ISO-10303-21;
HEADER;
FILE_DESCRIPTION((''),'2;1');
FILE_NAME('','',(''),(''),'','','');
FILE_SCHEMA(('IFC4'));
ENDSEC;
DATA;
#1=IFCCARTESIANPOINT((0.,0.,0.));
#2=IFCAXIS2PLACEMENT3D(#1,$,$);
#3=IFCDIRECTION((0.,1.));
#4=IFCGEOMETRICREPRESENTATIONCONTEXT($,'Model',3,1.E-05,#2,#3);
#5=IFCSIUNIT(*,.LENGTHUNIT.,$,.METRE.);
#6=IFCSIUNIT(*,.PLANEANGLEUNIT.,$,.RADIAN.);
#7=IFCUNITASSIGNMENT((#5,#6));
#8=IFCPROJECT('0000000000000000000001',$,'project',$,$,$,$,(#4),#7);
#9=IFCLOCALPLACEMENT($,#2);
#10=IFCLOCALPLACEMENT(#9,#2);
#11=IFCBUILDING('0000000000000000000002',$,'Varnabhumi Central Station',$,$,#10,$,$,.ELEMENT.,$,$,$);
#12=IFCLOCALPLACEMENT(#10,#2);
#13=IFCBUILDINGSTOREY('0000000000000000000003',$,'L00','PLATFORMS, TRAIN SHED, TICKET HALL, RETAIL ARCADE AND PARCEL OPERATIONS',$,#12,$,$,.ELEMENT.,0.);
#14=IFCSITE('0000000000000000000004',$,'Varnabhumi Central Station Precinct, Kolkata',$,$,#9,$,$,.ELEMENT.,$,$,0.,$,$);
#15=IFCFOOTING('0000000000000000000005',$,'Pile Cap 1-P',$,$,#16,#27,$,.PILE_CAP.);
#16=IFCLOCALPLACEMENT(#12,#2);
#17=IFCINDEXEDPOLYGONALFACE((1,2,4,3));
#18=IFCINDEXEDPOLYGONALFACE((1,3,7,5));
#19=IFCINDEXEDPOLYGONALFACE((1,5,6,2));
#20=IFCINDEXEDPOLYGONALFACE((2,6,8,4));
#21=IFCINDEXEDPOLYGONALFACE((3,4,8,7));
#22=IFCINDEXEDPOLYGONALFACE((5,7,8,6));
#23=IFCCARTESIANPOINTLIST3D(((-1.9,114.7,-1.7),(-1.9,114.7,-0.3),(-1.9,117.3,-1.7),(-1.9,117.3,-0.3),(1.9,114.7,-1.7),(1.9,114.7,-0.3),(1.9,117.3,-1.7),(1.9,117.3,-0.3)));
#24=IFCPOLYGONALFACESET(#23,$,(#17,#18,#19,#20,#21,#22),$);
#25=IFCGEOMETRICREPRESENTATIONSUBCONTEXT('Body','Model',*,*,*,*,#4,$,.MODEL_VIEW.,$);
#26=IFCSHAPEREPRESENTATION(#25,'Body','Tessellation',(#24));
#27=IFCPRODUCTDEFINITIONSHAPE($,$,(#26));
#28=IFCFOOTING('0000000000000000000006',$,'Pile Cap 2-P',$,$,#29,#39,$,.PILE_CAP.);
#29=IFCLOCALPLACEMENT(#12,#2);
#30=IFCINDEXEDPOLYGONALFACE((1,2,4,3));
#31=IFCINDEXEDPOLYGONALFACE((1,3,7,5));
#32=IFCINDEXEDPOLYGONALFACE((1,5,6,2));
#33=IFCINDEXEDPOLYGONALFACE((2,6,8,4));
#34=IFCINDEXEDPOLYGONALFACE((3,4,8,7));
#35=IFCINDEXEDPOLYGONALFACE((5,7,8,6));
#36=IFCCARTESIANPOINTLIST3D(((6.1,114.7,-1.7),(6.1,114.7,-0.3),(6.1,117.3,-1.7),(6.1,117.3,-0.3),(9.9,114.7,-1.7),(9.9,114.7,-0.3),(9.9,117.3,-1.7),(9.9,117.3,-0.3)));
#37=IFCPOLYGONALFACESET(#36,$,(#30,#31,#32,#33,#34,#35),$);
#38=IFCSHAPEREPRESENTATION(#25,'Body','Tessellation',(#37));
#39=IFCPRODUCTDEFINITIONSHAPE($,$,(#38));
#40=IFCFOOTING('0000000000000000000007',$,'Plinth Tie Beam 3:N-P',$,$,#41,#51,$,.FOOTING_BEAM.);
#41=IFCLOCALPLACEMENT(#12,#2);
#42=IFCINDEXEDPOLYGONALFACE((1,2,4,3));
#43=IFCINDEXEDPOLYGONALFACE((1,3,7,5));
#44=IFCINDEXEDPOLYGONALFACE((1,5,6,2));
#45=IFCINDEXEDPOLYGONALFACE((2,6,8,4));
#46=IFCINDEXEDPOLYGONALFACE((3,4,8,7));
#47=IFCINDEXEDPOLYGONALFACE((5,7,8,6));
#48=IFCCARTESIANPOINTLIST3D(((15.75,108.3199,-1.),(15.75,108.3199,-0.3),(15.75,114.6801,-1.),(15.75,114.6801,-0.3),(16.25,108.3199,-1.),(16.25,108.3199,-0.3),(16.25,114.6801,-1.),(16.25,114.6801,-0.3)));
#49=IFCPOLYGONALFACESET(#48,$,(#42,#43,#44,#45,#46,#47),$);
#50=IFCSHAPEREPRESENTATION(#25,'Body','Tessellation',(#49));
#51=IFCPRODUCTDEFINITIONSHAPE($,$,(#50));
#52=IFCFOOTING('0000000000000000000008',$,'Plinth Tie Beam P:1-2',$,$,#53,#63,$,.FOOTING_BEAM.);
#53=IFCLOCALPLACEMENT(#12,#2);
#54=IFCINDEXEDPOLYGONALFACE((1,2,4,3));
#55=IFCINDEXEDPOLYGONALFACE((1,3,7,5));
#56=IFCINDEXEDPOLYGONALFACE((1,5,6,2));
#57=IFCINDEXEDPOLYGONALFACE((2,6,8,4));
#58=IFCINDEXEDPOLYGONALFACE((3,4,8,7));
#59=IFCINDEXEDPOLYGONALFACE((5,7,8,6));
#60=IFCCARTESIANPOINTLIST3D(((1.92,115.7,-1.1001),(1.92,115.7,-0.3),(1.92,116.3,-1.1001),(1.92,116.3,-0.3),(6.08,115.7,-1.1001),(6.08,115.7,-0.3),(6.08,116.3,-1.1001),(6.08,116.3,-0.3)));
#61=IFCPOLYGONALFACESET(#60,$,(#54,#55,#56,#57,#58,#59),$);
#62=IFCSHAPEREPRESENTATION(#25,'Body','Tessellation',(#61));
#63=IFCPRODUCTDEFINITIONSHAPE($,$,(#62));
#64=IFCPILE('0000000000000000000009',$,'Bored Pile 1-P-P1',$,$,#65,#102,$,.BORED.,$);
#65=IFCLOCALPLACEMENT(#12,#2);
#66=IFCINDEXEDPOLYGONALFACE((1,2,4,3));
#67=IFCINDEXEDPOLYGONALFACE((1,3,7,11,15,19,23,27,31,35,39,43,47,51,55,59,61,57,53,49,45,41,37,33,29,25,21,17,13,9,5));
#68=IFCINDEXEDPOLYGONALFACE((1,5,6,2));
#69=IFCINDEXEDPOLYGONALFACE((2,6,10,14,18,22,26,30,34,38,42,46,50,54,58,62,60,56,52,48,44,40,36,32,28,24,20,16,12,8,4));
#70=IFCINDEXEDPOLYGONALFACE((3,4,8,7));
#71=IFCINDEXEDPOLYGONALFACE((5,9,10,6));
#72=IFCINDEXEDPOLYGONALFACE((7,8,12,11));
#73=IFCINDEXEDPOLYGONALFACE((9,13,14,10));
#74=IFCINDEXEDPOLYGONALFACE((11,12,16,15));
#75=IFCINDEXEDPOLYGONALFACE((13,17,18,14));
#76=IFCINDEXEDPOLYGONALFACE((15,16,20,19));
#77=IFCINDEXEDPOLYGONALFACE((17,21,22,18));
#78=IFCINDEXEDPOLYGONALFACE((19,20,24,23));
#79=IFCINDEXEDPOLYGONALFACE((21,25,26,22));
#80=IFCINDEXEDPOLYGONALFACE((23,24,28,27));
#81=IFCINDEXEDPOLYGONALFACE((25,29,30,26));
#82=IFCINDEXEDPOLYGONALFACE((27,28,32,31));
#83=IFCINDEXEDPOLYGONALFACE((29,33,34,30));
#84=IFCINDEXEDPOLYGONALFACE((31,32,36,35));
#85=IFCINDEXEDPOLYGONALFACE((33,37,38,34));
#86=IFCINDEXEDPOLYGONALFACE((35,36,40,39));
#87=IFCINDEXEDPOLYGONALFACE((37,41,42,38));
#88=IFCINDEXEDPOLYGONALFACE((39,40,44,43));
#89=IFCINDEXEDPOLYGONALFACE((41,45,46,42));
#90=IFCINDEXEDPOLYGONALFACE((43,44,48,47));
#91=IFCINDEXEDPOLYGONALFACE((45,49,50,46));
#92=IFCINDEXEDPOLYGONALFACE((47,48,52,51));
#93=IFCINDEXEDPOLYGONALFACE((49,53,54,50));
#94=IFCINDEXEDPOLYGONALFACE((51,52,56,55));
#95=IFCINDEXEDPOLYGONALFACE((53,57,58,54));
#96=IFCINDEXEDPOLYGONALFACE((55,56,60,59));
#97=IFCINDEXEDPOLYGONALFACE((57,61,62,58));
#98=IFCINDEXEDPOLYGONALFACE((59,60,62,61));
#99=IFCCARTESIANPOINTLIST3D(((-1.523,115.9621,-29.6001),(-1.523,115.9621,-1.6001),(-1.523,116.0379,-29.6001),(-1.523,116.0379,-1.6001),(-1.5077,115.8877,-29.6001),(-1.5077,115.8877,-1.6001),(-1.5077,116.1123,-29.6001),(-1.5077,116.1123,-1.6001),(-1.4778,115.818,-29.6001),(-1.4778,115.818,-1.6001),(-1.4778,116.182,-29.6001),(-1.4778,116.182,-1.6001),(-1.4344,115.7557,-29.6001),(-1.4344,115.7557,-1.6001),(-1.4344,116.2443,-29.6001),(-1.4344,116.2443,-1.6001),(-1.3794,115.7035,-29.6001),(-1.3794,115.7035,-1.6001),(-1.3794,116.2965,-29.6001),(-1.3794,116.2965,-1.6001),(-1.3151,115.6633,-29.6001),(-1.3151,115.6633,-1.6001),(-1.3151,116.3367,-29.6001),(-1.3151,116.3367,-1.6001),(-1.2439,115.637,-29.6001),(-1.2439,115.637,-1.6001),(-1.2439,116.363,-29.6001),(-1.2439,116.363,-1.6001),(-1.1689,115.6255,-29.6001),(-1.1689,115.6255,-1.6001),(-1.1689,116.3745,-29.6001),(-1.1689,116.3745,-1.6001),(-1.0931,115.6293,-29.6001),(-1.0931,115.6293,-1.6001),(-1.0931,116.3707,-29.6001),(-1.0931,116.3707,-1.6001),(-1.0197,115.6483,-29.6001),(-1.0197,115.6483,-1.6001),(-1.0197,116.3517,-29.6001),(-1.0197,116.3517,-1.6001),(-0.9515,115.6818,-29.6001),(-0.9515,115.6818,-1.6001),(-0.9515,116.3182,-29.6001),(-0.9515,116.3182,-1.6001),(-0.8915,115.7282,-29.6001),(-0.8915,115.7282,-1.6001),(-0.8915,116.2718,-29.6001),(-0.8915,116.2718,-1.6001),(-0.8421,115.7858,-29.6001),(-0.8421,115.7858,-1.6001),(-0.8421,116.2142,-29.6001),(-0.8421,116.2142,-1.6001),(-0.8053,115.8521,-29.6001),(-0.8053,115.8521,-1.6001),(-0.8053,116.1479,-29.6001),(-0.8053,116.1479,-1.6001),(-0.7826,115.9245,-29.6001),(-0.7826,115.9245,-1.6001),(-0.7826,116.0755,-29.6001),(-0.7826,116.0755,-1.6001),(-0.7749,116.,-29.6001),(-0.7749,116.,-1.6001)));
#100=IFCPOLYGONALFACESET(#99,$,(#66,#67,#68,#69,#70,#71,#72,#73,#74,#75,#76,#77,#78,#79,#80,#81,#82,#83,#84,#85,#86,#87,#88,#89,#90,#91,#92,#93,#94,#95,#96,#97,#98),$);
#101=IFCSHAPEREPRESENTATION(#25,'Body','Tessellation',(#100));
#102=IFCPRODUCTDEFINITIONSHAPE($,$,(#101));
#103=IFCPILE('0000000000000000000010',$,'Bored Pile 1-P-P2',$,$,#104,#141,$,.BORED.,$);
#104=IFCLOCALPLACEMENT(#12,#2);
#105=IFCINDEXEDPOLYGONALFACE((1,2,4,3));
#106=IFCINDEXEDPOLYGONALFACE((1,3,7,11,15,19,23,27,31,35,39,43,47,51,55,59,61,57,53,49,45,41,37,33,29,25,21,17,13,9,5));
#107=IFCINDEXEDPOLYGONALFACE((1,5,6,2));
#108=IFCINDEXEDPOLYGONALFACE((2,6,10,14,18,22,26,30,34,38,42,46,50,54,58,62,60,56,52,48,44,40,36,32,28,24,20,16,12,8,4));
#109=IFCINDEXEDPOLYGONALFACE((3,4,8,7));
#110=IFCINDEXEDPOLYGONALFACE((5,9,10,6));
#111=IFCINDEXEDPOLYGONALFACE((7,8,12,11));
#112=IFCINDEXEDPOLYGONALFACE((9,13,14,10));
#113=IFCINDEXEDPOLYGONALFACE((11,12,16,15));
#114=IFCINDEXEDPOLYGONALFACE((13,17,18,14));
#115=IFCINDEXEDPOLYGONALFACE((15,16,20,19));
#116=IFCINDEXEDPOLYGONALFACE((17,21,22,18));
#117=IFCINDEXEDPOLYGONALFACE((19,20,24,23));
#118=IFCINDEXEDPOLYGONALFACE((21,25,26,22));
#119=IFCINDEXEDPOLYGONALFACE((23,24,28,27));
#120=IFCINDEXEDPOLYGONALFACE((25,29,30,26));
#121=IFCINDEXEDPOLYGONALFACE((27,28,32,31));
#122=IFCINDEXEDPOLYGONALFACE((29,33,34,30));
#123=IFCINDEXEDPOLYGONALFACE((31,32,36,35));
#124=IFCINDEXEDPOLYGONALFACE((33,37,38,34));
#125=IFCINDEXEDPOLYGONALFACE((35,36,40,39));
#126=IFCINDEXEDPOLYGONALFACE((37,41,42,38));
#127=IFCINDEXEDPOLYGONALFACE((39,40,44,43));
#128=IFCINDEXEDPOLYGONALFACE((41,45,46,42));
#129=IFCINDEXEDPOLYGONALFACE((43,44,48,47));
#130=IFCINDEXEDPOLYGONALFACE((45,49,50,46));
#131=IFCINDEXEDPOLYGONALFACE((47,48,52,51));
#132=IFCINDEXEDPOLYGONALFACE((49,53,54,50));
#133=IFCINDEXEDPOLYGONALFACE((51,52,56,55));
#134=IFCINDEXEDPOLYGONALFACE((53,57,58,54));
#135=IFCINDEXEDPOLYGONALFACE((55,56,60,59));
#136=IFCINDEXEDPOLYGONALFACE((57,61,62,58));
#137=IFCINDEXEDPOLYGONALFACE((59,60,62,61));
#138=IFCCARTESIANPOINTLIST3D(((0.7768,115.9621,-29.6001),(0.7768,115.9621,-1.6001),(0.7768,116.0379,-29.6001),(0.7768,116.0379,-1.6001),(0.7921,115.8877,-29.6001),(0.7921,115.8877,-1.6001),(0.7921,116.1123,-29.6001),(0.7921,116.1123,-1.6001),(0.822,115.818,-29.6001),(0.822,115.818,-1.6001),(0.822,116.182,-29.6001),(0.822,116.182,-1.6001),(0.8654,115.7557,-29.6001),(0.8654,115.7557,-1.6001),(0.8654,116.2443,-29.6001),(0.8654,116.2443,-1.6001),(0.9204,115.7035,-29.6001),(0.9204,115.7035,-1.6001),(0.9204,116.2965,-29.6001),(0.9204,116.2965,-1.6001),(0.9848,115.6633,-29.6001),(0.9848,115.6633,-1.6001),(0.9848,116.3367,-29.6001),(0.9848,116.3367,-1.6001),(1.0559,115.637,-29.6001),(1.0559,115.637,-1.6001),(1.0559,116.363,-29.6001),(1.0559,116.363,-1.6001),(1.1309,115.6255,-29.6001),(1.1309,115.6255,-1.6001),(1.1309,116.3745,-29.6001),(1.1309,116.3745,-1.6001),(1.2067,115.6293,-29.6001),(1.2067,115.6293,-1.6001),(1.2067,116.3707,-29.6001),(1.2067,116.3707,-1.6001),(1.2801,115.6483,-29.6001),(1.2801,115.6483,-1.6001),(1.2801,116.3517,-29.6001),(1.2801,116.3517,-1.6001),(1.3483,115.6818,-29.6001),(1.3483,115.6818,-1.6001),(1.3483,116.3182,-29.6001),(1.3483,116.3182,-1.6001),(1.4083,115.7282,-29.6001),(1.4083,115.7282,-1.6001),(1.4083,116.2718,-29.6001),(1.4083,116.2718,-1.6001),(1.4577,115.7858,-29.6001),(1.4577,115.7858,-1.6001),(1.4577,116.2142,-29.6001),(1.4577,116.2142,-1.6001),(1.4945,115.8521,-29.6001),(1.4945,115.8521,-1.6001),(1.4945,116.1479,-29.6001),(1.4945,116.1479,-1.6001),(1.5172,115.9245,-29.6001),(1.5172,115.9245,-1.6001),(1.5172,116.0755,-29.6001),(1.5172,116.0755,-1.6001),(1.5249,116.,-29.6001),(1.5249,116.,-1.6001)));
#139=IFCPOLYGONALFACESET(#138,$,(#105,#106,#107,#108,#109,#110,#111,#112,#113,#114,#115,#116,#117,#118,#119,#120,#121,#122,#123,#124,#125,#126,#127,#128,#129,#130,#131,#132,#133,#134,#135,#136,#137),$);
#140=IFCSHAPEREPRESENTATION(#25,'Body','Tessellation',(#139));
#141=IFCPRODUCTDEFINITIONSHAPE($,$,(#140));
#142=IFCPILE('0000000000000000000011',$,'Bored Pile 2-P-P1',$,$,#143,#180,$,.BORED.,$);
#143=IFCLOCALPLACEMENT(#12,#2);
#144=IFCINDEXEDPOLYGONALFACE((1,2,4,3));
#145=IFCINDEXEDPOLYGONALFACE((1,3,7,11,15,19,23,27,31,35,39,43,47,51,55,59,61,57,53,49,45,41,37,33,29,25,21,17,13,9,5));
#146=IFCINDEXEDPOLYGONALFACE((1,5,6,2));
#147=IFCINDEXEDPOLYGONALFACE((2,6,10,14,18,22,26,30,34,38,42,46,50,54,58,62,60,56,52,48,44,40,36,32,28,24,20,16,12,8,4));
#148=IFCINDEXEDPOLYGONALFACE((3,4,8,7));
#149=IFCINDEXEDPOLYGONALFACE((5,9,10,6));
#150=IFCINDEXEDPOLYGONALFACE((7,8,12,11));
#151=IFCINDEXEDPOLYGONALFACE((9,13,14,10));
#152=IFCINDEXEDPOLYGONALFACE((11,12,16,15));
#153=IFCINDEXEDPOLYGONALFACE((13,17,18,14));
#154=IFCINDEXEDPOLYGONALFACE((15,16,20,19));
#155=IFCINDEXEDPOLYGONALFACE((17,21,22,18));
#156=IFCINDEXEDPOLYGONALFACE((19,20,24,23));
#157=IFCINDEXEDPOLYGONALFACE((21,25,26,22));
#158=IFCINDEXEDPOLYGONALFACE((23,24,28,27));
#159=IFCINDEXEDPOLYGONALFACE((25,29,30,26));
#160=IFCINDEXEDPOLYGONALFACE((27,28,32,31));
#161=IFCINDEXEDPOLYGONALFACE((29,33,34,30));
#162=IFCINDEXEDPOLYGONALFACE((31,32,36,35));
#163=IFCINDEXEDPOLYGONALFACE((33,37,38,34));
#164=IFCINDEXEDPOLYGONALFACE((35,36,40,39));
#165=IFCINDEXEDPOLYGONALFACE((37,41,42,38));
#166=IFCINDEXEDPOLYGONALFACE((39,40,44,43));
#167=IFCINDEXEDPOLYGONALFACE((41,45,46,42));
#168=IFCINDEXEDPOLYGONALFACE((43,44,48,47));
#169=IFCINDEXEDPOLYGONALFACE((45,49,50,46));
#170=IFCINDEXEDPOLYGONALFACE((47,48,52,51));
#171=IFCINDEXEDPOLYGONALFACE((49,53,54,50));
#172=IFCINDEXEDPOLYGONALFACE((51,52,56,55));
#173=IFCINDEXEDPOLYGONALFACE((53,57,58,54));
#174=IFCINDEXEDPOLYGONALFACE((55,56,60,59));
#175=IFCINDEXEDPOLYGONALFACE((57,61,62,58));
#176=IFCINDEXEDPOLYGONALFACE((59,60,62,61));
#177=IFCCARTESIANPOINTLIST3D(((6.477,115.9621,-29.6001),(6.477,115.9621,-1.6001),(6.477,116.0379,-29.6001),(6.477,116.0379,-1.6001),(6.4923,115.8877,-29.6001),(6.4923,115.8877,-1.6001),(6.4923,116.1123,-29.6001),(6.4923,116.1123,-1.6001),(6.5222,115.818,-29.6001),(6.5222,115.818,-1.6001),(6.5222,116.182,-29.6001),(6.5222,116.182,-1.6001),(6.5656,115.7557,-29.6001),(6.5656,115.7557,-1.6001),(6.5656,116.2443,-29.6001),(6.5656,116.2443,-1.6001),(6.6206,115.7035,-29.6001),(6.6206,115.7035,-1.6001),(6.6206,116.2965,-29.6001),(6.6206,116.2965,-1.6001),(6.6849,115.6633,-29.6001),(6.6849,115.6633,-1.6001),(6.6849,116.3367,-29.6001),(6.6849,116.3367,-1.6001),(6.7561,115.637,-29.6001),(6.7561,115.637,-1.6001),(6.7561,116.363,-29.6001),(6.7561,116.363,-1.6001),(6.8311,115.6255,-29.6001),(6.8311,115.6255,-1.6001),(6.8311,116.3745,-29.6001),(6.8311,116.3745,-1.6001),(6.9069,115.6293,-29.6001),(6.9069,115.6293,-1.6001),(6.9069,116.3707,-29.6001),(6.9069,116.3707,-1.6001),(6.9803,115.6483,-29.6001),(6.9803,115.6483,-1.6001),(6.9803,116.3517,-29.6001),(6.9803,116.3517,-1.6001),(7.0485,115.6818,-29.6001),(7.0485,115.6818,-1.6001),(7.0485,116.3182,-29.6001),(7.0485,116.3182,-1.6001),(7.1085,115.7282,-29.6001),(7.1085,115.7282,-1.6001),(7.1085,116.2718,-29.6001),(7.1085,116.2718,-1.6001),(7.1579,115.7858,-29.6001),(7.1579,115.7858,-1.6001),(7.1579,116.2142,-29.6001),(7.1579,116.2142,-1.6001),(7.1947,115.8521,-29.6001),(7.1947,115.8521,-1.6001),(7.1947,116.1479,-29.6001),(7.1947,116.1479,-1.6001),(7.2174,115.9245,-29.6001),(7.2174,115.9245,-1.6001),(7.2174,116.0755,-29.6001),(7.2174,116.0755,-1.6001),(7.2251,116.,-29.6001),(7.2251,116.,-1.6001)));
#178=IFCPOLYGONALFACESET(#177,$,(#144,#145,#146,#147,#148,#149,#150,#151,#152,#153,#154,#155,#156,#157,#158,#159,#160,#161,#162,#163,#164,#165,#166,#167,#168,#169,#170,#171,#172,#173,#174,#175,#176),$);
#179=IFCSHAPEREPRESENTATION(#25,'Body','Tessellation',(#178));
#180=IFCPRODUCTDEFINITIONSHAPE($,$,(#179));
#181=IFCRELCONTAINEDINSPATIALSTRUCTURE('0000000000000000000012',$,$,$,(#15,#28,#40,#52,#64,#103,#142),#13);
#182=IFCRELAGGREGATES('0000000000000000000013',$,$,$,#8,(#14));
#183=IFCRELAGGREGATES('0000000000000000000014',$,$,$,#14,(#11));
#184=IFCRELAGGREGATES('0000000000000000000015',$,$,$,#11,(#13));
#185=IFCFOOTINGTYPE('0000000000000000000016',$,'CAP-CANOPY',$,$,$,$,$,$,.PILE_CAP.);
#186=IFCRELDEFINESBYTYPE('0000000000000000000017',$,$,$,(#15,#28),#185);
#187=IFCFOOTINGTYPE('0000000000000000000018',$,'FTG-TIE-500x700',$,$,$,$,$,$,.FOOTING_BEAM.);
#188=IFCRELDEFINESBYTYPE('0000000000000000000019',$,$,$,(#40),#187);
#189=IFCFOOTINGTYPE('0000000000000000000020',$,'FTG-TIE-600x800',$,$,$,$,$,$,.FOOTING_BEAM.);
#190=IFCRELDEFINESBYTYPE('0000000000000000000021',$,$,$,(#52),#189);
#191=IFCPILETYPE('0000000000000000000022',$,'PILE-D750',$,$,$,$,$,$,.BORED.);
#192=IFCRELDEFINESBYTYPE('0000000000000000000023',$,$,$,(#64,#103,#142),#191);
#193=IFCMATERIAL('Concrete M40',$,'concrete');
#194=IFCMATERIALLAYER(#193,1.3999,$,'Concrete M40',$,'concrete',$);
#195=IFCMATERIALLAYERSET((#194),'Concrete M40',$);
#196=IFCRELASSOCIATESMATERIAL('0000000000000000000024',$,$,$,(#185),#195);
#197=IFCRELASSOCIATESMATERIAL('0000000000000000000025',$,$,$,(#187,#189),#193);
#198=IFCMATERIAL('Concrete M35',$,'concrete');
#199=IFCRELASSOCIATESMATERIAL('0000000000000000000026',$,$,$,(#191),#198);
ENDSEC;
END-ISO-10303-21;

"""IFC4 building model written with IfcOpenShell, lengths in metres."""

from ifc_helpers import new_model, si_unit, direction, frame, origin, origin_2d, place, context, subcontext, project, spatial, rectangle, circle, extrude, material, layer, layer_set, material_profile, profile_set, type_object, element, save


model = new_model("IFC4")

# Units and contexts
model_context = context("Model", 3, precision=1e-05, world=origin(), true_north=direction((0.0, 1.0)))
body_context = subcontext(model_context, "Body", "Model", "MODEL_VIEW")
ifc_project = project(units=[si_unit("LENGTHUNIT", "METRE"), si_unit("PLANEANGLEUNIT", "RADIAN")], contexts=[model_context])

# Site, building, storey
site_placement = place(None, origin())
site = spatial("IfcSite", under=ifc_project, at=site_placement, Name="Varnabhumi Central Station Precinct, Kolkata", CompositionType="ELEMENT", RefElevation=0.0)
building_placement = place(site_placement, origin())
building = spatial("IfcBuilding", under=site, at=building_placement, Name="Varnabhumi Central Station", CompositionType="ELEMENT")
storey_placement = place(building_placement, origin())
storey = spatial("IfcBuildingStorey", under=building, at=storey_placement, Name="L00", Description="PLATFORMS, TRAIN SHED, TICKET HALL, RETAIL ARCADE AND PARCEL OPERATIONS", CompositionType="ELEMENT", Elevation=0.0)

# Footings
ifc_material_1 = material(Name="Concrete M40", Category="concrete")
ifc_layer_1 = layer(ifc_material_1, 1.3999, Name="Concrete M40", Category="concrete")
ifc_layer_set_1 = layer_set([ifc_layer_1], Name="Concrete M40")
footing_type_1 = type_object("IfcFootingType", Name="CAP-CANOPY", PredefinedType="PILE_CAP", material=ifc_layer_set_1)
for number, where, z_axis, x_axis, name in (
    (1, (0.0, 116.0, -1.7), (0.0, 0.0, 1.0), (1.0, 0.0, 0.0), "Pile Cap 1-P"),
    (2, (8.0, 116.0, -1.7), (0.0, 0.0, 1.0), (1.0, 0.0, 0.0), "Pile Cap 2-P"),
):
    element("IfcFooting", number, at=place(storey_placement, frame(where, z_axis=z_axis, x_axis=x_axis)), inside=storey, type_object=footing_type_1, Name=name, PredefinedType="PILE_CAP", context=body_context, shape_type="SweptSolid", body=[
        extrude(rectangle(XDim=3.8, YDim=2.6001, at=origin_2d()), origin(), (0.0, 0.0, 1.0), 1.3999),
    ])
footing_type_2 = type_object("IfcFootingType", Name="FTG-TIE-500x700", PredefinedType="FOOTING_BEAM", material=ifc_material_1)
footing_1_placement = place(storey_placement, frame((16.0, 111.5, -1.0), z_axis=(0.0, 0.0, 1.0), x_axis=(1.0, 0.0, 0.0)))
element("IfcFooting", 3, at=footing_1_placement, inside=storey, type_object=footing_type_2, Name="Plinth Tie Beam 3:N-P", PredefinedType="FOOTING_BEAM", context=body_context, shape_type="SweptSolid", body=[
    extrude(rectangle(XDim=0.5, YDim=6.3601, at=origin_2d()), origin(), (0.0, 0.0, 1.0), 0.7),
])
footing_type_3 = type_object("IfcFootingType", Name="FTG-TIE-600x800", PredefinedType="FOOTING_BEAM", material=ifc_material_1)
footing_2_placement = place(storey_placement, frame((4.0, 116.0, -1.1001), z_axis=(0.0, 0.0, 1.0), x_axis=(1.0, 0.0, 0.0)))
element("IfcFooting", 4, at=footing_2_placement, inside=storey, type_object=footing_type_3, Name="Plinth Tie Beam P:1-2", PredefinedType="FOOTING_BEAM", context=body_context, shape_type="SweptSolid", body=[
    extrude(rectangle(XDim=4.1599, YDim=0.6001, at=origin_2d()), origin(), (0.0, 0.0, 1.0), 0.8),
])

# Piles
ifc_material_2 = material(Name="Concrete M35", Category="concrete")
ifc_material_profile_1 = material_profile(ifc_material_2, circle(Radius=0.375, at=origin_2d()), Name="Concrete M35", Category="concrete")
ifc_profile_set_1 = profile_set([ifc_material_profile_1], Name="Concrete M35")
pile_type = type_object("IfcPileType", Name="PILE-D750", PredefinedType="BORED", material=ifc_profile_set_1)
for number, where, z_axis, x_axis, name in (
    (5, (-1.1499, 116.0, -1.6001), (0.0, 0.0, -1.0), (1.0, 0.0, 0.0), "Bored Pile 1-P-P1"),
    (6, (1.1499, 116.0, -1.6001), (0.0, 0.0, -1.0), (1.0, 0.0, 0.0), "Bored Pile 1-P-P2"),
    (7, (6.8501, 116.0, -1.6001), (0.0, 0.0, -1.0), (1.0, 0.0, 0.0), "Bored Pile 2-P-P1"),
):
    element("IfcPile", number, at=place(storey_placement, frame(where, z_axis=z_axis, x_axis=x_axis)), inside=storey, type_object=pile_type, Name=name, PredefinedType="BORED", context=body_context, shape_type="SweptSolid", body=[
        extrude(circle(Radius=0.375, at=origin_2d()), origin(), (0.0, 0.0, 1.0), 28.0),
    ])

save(model, "model.ifc")
